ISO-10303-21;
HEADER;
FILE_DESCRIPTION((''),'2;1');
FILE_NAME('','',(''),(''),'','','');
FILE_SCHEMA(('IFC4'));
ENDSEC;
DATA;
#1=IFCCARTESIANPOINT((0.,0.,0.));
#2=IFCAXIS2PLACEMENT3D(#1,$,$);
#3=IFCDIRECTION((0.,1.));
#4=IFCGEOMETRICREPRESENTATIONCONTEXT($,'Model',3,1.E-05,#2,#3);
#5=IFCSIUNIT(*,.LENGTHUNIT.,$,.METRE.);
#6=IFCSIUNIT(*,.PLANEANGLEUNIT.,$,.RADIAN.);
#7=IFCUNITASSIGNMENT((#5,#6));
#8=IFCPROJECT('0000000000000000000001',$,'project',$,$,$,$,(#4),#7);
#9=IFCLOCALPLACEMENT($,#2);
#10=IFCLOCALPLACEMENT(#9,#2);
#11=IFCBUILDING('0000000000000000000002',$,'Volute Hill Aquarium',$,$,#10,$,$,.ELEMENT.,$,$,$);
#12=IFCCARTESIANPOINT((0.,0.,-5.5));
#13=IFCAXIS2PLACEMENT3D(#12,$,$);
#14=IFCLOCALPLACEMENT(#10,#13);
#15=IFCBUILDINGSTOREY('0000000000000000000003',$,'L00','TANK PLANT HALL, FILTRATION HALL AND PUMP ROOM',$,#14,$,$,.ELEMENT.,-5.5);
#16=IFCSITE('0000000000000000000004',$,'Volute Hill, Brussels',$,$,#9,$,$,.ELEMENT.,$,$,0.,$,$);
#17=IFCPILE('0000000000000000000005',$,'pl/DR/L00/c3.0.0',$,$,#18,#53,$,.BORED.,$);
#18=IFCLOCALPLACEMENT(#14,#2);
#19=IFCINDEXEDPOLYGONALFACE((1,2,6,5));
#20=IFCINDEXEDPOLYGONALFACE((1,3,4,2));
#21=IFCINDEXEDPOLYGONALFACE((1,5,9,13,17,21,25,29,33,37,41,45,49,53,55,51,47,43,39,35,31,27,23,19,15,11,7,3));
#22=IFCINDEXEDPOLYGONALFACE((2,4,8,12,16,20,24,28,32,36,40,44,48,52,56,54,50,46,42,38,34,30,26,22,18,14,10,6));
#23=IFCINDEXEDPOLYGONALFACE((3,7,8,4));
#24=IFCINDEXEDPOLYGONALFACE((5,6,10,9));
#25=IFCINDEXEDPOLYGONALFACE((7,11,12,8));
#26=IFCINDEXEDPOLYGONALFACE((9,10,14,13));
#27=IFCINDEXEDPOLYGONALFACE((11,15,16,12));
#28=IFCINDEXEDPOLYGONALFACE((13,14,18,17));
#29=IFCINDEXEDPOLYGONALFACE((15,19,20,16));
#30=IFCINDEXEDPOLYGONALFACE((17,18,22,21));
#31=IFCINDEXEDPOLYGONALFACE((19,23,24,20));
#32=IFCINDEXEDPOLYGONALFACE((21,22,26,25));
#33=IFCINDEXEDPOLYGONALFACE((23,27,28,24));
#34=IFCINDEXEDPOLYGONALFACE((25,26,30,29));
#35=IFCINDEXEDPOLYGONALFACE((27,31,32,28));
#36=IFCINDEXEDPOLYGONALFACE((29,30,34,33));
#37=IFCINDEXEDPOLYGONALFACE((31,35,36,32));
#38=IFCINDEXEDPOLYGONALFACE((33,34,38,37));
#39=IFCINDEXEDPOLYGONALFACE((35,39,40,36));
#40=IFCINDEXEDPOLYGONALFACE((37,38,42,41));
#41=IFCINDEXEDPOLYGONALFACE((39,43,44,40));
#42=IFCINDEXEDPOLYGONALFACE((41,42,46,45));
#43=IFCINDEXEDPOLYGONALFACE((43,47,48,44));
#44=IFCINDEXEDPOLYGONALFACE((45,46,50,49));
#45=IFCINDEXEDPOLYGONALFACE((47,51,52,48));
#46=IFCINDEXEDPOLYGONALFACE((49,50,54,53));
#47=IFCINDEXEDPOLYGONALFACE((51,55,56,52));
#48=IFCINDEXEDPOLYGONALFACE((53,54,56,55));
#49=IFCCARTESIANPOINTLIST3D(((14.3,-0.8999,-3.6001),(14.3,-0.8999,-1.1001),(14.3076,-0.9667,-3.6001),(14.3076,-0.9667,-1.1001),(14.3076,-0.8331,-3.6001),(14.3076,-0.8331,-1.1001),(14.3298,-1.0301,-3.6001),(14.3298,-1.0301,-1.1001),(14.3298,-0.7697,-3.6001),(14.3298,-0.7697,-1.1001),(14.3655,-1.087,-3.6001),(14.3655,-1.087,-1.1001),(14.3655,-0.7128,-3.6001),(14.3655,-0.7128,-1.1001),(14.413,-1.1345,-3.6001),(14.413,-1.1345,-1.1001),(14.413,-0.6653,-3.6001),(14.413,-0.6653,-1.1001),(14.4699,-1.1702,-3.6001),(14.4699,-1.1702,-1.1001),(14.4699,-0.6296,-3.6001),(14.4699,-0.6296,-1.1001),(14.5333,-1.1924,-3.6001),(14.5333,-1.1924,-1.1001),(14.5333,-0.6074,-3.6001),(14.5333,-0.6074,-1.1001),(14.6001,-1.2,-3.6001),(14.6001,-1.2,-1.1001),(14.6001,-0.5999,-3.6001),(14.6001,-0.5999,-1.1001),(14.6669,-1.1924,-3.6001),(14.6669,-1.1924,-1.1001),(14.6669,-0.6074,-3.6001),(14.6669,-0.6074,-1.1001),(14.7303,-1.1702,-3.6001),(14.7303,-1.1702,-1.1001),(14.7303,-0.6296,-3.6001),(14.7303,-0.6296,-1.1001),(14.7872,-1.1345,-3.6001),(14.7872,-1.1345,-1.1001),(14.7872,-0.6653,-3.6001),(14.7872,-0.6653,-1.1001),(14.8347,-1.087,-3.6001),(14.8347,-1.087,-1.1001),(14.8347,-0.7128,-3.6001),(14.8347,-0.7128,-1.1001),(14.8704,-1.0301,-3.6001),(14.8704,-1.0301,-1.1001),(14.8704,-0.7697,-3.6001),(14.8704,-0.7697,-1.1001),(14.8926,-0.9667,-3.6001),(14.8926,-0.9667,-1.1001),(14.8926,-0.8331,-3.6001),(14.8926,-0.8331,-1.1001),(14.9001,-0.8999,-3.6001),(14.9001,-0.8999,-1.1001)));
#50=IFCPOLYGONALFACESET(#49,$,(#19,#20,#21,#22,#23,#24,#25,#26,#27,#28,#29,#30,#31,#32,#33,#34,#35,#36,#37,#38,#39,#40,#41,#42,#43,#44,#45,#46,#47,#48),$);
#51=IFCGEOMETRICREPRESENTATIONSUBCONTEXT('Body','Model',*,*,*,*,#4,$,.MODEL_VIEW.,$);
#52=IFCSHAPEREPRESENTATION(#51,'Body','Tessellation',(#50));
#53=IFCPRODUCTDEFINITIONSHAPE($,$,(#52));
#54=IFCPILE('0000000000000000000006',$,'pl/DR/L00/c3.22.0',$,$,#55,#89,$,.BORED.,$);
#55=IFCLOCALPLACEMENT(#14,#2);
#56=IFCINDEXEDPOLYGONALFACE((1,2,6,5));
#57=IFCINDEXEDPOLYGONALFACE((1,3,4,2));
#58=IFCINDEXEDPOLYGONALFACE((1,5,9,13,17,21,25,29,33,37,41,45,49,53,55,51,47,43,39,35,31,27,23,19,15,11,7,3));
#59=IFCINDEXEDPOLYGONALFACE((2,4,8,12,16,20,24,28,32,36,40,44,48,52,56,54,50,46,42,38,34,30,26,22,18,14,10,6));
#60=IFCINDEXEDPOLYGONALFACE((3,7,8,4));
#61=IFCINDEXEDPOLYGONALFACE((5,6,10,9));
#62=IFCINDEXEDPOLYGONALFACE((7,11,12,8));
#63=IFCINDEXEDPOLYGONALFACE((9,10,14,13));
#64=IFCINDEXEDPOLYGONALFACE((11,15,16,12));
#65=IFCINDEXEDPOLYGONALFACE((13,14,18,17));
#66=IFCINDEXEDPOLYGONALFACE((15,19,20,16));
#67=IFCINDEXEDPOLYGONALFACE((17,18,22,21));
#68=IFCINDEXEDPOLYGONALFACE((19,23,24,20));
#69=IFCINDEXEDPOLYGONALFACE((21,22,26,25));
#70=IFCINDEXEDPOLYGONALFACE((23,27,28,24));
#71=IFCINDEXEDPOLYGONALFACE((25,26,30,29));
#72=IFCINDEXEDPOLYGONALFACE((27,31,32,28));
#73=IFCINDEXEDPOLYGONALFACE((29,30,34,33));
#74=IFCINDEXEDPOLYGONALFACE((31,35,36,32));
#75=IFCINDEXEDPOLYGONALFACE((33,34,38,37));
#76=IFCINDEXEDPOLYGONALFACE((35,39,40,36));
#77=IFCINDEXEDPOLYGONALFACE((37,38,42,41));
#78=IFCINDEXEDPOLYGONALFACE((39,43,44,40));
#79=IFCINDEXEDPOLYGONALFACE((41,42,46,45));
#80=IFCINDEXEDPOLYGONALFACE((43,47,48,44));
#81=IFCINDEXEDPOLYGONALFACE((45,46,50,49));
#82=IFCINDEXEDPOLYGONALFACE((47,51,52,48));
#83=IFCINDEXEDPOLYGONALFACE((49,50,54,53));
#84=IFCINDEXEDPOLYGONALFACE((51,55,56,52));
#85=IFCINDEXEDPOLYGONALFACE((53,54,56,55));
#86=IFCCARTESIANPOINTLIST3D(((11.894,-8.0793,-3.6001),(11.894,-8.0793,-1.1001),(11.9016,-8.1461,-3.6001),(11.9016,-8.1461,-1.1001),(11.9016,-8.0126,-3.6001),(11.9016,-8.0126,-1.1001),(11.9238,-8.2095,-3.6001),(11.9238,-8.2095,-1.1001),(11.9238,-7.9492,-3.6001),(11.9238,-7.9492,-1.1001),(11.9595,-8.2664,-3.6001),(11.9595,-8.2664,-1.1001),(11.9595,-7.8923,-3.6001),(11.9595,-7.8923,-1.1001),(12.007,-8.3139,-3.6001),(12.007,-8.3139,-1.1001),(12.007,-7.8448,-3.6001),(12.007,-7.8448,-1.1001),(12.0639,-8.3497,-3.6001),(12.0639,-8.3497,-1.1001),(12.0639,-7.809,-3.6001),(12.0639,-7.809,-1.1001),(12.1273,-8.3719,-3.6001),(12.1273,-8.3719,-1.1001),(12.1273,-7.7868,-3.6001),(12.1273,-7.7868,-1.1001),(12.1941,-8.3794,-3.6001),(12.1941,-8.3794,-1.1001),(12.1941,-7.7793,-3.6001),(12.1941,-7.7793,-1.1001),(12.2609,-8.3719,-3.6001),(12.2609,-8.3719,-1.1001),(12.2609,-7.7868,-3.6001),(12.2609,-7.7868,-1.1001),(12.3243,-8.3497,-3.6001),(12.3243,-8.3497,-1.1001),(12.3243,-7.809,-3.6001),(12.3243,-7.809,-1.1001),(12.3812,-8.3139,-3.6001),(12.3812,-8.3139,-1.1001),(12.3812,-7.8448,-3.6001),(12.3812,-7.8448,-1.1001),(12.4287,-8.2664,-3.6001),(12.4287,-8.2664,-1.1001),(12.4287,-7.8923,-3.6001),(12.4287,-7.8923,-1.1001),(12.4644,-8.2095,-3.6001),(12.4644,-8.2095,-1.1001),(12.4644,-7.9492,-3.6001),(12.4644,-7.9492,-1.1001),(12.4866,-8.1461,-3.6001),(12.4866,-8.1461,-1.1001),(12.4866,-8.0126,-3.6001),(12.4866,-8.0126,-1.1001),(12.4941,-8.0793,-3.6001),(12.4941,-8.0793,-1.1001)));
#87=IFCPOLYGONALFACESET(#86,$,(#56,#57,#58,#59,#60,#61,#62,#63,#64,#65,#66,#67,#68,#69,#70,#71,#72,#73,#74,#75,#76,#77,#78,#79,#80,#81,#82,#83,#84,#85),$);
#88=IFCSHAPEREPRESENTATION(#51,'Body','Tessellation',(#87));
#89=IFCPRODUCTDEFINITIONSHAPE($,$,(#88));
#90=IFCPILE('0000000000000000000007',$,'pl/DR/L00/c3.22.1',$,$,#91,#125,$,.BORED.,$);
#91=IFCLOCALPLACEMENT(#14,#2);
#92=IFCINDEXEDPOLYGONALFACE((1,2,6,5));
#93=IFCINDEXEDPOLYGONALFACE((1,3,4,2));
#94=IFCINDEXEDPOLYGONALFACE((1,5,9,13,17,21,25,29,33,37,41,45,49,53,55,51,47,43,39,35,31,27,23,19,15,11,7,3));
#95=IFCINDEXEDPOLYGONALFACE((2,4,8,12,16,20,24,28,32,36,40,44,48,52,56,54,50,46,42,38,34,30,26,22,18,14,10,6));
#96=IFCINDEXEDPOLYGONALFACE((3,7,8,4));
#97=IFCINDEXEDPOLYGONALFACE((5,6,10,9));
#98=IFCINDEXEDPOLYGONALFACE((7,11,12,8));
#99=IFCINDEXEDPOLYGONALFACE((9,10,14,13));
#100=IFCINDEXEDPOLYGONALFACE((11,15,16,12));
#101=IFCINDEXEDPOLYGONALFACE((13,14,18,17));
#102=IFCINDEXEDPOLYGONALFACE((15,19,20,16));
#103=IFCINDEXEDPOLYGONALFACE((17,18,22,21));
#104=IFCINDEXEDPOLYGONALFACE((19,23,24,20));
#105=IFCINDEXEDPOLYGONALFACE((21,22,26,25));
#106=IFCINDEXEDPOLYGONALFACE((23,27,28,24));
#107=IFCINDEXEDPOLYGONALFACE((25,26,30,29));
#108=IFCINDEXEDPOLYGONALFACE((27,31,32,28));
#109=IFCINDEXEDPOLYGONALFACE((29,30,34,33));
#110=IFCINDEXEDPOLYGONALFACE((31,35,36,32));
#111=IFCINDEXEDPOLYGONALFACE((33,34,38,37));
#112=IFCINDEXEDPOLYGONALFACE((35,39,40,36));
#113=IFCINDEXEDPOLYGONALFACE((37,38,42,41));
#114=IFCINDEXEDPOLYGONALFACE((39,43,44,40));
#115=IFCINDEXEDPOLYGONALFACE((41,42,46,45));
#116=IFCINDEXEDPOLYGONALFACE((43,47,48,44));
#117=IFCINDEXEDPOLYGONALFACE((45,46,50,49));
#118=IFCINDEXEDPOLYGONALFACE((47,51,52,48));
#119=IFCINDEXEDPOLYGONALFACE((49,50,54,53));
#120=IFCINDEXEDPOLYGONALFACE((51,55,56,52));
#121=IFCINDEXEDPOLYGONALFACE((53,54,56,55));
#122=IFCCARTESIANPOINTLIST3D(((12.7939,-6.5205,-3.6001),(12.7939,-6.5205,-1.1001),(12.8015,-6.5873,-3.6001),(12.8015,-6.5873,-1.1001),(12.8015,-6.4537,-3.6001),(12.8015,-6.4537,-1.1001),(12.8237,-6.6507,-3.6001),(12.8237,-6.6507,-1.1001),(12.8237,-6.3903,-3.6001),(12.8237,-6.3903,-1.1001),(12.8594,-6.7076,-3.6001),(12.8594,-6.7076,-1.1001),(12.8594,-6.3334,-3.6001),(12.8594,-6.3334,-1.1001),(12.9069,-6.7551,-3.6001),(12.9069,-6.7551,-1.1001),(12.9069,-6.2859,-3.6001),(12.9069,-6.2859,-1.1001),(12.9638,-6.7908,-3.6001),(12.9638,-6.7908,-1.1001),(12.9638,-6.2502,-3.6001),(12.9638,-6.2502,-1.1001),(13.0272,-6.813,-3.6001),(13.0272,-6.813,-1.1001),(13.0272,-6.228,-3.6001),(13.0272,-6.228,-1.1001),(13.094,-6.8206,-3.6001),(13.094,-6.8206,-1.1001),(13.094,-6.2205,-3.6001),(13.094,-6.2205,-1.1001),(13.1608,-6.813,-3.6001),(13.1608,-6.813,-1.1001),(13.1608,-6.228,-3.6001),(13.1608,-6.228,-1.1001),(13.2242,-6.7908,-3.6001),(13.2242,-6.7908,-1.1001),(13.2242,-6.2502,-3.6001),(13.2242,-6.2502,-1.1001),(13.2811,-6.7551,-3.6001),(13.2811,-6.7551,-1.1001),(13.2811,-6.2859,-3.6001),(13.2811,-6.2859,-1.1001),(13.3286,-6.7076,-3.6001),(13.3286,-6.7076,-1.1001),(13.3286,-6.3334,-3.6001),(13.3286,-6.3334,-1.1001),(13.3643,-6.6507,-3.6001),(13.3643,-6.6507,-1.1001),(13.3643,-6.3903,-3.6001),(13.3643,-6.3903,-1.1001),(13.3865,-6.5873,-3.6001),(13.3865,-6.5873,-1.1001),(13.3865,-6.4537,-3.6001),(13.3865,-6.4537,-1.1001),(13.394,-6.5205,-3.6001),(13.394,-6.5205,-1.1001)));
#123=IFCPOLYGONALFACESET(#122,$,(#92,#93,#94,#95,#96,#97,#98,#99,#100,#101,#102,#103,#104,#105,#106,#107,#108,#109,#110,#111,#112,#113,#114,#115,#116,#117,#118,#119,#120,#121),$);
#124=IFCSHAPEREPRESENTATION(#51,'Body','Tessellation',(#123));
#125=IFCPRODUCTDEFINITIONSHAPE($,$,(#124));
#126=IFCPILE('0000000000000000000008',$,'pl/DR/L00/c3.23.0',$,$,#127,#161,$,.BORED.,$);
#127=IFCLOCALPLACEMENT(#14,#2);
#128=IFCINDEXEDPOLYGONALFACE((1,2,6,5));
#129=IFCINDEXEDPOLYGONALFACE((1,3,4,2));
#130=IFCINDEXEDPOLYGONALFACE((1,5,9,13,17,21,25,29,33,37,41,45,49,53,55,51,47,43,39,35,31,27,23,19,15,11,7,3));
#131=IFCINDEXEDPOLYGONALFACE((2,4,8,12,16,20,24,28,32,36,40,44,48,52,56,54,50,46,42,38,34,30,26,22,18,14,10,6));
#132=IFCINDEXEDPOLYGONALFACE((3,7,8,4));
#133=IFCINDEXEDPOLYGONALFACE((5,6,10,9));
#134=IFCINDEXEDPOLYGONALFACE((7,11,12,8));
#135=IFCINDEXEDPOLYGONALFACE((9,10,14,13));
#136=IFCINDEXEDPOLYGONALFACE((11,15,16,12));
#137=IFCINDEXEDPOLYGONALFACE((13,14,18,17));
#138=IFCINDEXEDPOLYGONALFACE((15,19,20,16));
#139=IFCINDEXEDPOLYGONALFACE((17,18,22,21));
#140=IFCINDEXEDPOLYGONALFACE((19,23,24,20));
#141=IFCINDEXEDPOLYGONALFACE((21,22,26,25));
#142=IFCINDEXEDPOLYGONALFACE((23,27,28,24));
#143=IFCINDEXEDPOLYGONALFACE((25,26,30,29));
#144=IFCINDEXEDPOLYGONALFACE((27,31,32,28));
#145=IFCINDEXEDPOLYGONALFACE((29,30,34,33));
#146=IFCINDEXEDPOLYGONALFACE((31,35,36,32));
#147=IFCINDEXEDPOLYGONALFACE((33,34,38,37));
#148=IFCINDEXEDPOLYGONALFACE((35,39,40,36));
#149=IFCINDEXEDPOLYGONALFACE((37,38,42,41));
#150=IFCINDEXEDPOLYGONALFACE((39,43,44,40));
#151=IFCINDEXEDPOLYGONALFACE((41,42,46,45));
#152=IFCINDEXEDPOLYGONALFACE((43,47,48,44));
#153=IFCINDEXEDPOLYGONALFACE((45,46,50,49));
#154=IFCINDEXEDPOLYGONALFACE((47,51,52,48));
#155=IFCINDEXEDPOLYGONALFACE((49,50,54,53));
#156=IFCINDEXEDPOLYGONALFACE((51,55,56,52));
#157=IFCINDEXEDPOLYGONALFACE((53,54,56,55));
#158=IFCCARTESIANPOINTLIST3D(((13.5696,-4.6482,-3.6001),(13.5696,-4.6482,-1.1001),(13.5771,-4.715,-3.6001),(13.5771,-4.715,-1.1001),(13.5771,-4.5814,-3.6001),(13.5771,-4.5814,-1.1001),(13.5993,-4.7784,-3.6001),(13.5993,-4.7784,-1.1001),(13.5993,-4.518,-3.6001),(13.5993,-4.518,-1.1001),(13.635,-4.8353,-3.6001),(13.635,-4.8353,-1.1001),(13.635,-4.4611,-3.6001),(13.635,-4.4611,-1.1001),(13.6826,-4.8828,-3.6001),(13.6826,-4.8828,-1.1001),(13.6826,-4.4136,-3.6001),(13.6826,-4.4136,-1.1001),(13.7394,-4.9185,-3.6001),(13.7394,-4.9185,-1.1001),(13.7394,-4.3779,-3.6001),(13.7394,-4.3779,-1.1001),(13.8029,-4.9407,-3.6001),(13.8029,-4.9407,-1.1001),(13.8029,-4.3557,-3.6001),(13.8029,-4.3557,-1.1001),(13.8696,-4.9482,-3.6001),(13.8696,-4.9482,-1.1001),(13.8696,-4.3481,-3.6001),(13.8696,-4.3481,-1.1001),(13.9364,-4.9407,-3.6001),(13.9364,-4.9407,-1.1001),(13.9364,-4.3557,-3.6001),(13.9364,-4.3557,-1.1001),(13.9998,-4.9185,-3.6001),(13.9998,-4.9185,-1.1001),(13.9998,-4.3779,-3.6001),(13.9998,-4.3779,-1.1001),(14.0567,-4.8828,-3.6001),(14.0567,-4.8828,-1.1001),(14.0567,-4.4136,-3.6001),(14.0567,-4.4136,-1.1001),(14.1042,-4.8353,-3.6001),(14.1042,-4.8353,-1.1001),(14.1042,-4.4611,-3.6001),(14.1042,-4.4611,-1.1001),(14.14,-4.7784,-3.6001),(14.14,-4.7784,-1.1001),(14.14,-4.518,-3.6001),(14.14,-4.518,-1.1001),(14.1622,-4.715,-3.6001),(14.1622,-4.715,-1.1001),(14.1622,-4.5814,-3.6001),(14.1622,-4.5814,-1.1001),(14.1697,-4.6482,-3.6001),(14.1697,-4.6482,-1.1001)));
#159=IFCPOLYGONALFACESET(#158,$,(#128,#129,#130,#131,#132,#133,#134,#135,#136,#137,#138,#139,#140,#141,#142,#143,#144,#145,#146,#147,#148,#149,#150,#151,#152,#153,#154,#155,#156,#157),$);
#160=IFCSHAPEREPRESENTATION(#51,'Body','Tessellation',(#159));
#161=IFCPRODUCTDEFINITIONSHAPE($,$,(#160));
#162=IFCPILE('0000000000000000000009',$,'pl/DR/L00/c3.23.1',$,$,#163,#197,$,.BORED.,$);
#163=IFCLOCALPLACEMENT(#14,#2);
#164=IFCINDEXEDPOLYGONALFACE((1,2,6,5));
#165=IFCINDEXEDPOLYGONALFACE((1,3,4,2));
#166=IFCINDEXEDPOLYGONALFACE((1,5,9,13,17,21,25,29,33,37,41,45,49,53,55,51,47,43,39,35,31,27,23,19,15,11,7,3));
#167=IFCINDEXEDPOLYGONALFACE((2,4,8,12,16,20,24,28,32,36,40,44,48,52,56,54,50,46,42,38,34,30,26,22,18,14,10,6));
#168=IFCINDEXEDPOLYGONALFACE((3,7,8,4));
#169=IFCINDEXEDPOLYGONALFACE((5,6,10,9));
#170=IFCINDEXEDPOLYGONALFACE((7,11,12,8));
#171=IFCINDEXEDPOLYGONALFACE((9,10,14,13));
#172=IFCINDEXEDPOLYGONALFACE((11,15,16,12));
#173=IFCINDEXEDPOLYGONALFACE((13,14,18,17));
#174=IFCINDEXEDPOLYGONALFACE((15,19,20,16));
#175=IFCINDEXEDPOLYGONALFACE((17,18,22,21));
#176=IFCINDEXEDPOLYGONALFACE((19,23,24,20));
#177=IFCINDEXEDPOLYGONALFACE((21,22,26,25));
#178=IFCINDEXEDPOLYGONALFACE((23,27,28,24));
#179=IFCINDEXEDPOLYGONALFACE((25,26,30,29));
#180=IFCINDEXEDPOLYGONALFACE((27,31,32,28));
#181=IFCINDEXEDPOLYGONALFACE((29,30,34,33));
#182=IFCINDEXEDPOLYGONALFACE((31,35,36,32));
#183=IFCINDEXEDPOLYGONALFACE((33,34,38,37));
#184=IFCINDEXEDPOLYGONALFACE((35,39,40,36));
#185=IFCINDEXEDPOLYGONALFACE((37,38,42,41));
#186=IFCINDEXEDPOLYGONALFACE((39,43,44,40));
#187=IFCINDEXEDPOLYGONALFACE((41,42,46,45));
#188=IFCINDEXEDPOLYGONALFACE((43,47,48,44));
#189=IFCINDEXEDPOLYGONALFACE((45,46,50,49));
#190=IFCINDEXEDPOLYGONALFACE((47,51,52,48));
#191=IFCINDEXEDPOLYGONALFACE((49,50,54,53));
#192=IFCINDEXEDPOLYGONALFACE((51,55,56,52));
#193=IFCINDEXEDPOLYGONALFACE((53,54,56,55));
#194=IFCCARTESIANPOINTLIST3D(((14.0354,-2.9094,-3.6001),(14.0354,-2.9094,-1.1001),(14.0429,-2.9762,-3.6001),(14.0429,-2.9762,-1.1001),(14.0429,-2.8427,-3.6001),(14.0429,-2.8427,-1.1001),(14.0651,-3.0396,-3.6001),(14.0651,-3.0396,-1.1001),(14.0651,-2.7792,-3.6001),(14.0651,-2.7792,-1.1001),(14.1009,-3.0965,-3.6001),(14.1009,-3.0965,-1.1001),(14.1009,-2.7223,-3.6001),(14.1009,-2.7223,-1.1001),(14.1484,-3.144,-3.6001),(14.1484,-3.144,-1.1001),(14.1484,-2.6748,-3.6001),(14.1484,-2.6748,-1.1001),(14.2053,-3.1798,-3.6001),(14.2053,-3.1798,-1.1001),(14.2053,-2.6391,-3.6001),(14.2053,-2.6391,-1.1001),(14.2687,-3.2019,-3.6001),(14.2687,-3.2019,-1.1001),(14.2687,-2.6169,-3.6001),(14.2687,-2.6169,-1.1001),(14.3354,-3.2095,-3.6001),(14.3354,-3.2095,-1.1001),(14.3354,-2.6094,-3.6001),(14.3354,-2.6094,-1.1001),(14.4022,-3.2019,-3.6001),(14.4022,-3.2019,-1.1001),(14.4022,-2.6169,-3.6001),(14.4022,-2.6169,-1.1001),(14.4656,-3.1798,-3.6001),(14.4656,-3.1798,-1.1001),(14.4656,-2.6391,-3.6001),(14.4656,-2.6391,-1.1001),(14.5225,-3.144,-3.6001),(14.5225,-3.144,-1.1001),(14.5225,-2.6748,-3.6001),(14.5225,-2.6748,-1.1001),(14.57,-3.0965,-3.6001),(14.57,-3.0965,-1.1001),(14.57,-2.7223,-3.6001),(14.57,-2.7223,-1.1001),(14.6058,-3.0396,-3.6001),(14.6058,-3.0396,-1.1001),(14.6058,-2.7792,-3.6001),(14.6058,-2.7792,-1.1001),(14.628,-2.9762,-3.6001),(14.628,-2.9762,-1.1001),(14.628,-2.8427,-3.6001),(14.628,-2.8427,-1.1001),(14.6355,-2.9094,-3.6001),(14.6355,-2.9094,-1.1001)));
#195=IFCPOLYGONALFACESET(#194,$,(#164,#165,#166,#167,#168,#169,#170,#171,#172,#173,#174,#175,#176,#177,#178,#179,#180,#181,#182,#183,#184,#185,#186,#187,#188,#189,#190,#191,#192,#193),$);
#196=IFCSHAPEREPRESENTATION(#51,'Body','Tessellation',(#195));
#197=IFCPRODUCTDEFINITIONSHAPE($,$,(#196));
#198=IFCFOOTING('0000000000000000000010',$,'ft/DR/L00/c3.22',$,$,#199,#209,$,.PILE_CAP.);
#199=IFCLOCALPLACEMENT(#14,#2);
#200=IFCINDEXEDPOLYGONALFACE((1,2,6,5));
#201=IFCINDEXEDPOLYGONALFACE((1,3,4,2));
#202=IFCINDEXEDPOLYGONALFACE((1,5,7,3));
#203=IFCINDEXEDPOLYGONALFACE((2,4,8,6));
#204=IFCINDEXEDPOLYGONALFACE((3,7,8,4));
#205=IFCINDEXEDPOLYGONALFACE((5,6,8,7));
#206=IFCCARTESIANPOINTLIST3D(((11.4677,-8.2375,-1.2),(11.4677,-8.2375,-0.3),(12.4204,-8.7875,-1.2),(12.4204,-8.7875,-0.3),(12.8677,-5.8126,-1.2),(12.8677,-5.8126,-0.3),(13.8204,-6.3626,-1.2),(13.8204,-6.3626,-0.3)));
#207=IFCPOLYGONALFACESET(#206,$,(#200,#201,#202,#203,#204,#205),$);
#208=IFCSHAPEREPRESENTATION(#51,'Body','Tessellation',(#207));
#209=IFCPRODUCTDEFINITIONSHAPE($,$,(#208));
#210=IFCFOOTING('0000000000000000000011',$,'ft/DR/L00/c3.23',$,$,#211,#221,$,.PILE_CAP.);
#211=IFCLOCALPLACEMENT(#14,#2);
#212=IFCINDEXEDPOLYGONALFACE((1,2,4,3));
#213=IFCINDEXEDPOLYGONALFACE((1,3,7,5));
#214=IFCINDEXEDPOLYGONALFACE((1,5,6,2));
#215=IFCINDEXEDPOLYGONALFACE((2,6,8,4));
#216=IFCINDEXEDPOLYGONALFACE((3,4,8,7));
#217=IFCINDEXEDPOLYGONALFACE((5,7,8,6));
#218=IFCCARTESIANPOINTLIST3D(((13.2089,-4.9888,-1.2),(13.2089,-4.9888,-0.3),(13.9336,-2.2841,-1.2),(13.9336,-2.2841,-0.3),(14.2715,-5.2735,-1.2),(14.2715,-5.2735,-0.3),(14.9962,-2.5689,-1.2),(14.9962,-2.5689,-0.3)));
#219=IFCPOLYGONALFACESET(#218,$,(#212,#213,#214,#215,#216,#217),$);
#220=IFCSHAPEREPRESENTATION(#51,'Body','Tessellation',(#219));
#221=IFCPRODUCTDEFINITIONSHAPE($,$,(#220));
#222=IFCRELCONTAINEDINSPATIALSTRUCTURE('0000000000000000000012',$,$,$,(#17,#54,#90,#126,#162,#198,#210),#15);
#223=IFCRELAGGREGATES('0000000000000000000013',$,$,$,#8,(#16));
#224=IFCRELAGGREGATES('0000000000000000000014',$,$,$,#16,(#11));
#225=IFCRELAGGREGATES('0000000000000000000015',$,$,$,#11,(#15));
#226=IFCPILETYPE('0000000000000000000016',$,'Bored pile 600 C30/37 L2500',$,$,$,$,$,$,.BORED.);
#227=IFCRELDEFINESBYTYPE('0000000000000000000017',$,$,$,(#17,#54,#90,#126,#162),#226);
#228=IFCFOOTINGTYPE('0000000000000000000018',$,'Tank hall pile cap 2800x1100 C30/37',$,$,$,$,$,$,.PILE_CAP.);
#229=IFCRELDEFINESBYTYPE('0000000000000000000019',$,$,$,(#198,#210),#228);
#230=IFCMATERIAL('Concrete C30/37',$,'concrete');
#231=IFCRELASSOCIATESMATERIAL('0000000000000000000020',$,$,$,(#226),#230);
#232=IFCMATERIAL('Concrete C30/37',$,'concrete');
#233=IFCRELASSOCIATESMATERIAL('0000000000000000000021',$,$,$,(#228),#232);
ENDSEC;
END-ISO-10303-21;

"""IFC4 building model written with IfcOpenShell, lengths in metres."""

from ifc_helpers import new_model, si_unit, direction, frame, origin, origin_2d, place, context, subcontext, project, spatial, rectangle, circle, extrude, material, type_object, element, save


model = new_model("IFC4")

# Units and contexts
model_context = context("Model", 3, precision=1e-05, world=origin(), true_north=direction((0.0, 1.0)))
body_context = subcontext(model_context, "Body", "Model", "MODEL_VIEW")
ifc_project = project(units=[si_unit("LENGTHUNIT", "METRE"), si_unit("PLANEANGLEUNIT", "RADIAN")], contexts=[model_context])

# Site, building, storey
site_placement = place(None, origin())
site = spatial("IfcSite", under=ifc_project, at=site_placement, Name="Volute Hill, Brussels", CompositionType="ELEMENT", RefElevation=0.0)
building_placement = place(site_placement, origin())
building = spatial("IfcBuilding", under=site, at=building_placement, Name="Volute Hill Aquarium", CompositionType="ELEMENT")
storey_placement = place(building_placement, frame((0.0, 0.0, -5.5)))
storey = spatial("IfcBuildingStorey", under=building, at=storey_placement, Name="L00", Description="TANK PLANT HALL, FILTRATION HALL AND PUMP ROOM", CompositionType="ELEMENT", Elevation=-5.5)

# Piles
ifc_material_1 = material(Name="Concrete C30/37", Category="concrete")
pile_type = type_object("IfcPileType", Name="Bored pile 600 C30/37 L2500", PredefinedType="BORED", material=ifc_material_1)
for number, where, z_axis, x_axis, name in (
    (1, (14.6001, -0.8999, -1.1001), (0.0, 0.0, -1.0), (1.0, 0.0, 0.0), "pl/DR/L00/c3.0.0"),
    (2, (12.1941, -8.0793, -1.1001), (0.0, 0.0, -1.0), (1.0, 0.0, 0.0), "pl/DR/L00/c3.22.0"),
    (3, (13.094, -6.5205, -1.1001), (0.0, 0.0, -1.0), (1.0, 0.0, 0.0), "pl/DR/L00/c3.22.1"),
    (4, (13.8696, -4.6482, -1.1001), (0.0, 0.0, -1.0), (1.0, 0.0, 0.0), "pl/DR/L00/c3.23.0"),
    (5, (14.3354, -2.9094, -1.1001), (0.0, 0.0, -1.0), (1.0, 0.0, 0.0), "pl/DR/L00/c3.23.1"),
):
    element("IfcPile", number, at=place(storey_placement, frame(where, z_axis=z_axis, x_axis=x_axis)), inside=storey, type_object=pile_type, Name=name, PredefinedType="BORED", context=body_context, shape_type="SweptSolid", body=[
        extrude(circle(Radius=0.3, at=origin_2d()), origin(), (0.0, 0.0, 1.0), 2.5),
    ])

# Footings
ifc_material_2 = material(Name="Concrete C30/37", Category="concrete")
footing_type = type_object("IfcFootingType", Name="Tank hall pile cap 2800x1100 C30/37", PredefinedType="PILE_CAP", material=ifc_material_2)
for number, where, z_axis, x_axis, name in (
    (6, (12.644, -7.3, -1.2), (0.0, 0.0, 1.0), (0.5, 0.866025, 0.0), "ft/DR/L00/c3.22"),
    (7, (14.1025, -3.7788, -1.2), (0.0, 0.0, 1.0), (0.258819, 0.965926, 0.0), "ft/DR/L00/c3.23"),
):
    element("IfcFooting", number, at=place(storey_placement, frame(where, z_axis=z_axis, x_axis=x_axis)), inside=storey, type_object=footing_type, Name=name, PredefinedType="PILE_CAP", context=body_context, shape_type="SweptSolid", body=[
        extrude(rectangle(XDim=2.8, YDim=1.1001, at=origin_2d()), origin(), (0.0, 0.0, 1.0), 0.8999),
    ])

save(model, "model.ifc")
